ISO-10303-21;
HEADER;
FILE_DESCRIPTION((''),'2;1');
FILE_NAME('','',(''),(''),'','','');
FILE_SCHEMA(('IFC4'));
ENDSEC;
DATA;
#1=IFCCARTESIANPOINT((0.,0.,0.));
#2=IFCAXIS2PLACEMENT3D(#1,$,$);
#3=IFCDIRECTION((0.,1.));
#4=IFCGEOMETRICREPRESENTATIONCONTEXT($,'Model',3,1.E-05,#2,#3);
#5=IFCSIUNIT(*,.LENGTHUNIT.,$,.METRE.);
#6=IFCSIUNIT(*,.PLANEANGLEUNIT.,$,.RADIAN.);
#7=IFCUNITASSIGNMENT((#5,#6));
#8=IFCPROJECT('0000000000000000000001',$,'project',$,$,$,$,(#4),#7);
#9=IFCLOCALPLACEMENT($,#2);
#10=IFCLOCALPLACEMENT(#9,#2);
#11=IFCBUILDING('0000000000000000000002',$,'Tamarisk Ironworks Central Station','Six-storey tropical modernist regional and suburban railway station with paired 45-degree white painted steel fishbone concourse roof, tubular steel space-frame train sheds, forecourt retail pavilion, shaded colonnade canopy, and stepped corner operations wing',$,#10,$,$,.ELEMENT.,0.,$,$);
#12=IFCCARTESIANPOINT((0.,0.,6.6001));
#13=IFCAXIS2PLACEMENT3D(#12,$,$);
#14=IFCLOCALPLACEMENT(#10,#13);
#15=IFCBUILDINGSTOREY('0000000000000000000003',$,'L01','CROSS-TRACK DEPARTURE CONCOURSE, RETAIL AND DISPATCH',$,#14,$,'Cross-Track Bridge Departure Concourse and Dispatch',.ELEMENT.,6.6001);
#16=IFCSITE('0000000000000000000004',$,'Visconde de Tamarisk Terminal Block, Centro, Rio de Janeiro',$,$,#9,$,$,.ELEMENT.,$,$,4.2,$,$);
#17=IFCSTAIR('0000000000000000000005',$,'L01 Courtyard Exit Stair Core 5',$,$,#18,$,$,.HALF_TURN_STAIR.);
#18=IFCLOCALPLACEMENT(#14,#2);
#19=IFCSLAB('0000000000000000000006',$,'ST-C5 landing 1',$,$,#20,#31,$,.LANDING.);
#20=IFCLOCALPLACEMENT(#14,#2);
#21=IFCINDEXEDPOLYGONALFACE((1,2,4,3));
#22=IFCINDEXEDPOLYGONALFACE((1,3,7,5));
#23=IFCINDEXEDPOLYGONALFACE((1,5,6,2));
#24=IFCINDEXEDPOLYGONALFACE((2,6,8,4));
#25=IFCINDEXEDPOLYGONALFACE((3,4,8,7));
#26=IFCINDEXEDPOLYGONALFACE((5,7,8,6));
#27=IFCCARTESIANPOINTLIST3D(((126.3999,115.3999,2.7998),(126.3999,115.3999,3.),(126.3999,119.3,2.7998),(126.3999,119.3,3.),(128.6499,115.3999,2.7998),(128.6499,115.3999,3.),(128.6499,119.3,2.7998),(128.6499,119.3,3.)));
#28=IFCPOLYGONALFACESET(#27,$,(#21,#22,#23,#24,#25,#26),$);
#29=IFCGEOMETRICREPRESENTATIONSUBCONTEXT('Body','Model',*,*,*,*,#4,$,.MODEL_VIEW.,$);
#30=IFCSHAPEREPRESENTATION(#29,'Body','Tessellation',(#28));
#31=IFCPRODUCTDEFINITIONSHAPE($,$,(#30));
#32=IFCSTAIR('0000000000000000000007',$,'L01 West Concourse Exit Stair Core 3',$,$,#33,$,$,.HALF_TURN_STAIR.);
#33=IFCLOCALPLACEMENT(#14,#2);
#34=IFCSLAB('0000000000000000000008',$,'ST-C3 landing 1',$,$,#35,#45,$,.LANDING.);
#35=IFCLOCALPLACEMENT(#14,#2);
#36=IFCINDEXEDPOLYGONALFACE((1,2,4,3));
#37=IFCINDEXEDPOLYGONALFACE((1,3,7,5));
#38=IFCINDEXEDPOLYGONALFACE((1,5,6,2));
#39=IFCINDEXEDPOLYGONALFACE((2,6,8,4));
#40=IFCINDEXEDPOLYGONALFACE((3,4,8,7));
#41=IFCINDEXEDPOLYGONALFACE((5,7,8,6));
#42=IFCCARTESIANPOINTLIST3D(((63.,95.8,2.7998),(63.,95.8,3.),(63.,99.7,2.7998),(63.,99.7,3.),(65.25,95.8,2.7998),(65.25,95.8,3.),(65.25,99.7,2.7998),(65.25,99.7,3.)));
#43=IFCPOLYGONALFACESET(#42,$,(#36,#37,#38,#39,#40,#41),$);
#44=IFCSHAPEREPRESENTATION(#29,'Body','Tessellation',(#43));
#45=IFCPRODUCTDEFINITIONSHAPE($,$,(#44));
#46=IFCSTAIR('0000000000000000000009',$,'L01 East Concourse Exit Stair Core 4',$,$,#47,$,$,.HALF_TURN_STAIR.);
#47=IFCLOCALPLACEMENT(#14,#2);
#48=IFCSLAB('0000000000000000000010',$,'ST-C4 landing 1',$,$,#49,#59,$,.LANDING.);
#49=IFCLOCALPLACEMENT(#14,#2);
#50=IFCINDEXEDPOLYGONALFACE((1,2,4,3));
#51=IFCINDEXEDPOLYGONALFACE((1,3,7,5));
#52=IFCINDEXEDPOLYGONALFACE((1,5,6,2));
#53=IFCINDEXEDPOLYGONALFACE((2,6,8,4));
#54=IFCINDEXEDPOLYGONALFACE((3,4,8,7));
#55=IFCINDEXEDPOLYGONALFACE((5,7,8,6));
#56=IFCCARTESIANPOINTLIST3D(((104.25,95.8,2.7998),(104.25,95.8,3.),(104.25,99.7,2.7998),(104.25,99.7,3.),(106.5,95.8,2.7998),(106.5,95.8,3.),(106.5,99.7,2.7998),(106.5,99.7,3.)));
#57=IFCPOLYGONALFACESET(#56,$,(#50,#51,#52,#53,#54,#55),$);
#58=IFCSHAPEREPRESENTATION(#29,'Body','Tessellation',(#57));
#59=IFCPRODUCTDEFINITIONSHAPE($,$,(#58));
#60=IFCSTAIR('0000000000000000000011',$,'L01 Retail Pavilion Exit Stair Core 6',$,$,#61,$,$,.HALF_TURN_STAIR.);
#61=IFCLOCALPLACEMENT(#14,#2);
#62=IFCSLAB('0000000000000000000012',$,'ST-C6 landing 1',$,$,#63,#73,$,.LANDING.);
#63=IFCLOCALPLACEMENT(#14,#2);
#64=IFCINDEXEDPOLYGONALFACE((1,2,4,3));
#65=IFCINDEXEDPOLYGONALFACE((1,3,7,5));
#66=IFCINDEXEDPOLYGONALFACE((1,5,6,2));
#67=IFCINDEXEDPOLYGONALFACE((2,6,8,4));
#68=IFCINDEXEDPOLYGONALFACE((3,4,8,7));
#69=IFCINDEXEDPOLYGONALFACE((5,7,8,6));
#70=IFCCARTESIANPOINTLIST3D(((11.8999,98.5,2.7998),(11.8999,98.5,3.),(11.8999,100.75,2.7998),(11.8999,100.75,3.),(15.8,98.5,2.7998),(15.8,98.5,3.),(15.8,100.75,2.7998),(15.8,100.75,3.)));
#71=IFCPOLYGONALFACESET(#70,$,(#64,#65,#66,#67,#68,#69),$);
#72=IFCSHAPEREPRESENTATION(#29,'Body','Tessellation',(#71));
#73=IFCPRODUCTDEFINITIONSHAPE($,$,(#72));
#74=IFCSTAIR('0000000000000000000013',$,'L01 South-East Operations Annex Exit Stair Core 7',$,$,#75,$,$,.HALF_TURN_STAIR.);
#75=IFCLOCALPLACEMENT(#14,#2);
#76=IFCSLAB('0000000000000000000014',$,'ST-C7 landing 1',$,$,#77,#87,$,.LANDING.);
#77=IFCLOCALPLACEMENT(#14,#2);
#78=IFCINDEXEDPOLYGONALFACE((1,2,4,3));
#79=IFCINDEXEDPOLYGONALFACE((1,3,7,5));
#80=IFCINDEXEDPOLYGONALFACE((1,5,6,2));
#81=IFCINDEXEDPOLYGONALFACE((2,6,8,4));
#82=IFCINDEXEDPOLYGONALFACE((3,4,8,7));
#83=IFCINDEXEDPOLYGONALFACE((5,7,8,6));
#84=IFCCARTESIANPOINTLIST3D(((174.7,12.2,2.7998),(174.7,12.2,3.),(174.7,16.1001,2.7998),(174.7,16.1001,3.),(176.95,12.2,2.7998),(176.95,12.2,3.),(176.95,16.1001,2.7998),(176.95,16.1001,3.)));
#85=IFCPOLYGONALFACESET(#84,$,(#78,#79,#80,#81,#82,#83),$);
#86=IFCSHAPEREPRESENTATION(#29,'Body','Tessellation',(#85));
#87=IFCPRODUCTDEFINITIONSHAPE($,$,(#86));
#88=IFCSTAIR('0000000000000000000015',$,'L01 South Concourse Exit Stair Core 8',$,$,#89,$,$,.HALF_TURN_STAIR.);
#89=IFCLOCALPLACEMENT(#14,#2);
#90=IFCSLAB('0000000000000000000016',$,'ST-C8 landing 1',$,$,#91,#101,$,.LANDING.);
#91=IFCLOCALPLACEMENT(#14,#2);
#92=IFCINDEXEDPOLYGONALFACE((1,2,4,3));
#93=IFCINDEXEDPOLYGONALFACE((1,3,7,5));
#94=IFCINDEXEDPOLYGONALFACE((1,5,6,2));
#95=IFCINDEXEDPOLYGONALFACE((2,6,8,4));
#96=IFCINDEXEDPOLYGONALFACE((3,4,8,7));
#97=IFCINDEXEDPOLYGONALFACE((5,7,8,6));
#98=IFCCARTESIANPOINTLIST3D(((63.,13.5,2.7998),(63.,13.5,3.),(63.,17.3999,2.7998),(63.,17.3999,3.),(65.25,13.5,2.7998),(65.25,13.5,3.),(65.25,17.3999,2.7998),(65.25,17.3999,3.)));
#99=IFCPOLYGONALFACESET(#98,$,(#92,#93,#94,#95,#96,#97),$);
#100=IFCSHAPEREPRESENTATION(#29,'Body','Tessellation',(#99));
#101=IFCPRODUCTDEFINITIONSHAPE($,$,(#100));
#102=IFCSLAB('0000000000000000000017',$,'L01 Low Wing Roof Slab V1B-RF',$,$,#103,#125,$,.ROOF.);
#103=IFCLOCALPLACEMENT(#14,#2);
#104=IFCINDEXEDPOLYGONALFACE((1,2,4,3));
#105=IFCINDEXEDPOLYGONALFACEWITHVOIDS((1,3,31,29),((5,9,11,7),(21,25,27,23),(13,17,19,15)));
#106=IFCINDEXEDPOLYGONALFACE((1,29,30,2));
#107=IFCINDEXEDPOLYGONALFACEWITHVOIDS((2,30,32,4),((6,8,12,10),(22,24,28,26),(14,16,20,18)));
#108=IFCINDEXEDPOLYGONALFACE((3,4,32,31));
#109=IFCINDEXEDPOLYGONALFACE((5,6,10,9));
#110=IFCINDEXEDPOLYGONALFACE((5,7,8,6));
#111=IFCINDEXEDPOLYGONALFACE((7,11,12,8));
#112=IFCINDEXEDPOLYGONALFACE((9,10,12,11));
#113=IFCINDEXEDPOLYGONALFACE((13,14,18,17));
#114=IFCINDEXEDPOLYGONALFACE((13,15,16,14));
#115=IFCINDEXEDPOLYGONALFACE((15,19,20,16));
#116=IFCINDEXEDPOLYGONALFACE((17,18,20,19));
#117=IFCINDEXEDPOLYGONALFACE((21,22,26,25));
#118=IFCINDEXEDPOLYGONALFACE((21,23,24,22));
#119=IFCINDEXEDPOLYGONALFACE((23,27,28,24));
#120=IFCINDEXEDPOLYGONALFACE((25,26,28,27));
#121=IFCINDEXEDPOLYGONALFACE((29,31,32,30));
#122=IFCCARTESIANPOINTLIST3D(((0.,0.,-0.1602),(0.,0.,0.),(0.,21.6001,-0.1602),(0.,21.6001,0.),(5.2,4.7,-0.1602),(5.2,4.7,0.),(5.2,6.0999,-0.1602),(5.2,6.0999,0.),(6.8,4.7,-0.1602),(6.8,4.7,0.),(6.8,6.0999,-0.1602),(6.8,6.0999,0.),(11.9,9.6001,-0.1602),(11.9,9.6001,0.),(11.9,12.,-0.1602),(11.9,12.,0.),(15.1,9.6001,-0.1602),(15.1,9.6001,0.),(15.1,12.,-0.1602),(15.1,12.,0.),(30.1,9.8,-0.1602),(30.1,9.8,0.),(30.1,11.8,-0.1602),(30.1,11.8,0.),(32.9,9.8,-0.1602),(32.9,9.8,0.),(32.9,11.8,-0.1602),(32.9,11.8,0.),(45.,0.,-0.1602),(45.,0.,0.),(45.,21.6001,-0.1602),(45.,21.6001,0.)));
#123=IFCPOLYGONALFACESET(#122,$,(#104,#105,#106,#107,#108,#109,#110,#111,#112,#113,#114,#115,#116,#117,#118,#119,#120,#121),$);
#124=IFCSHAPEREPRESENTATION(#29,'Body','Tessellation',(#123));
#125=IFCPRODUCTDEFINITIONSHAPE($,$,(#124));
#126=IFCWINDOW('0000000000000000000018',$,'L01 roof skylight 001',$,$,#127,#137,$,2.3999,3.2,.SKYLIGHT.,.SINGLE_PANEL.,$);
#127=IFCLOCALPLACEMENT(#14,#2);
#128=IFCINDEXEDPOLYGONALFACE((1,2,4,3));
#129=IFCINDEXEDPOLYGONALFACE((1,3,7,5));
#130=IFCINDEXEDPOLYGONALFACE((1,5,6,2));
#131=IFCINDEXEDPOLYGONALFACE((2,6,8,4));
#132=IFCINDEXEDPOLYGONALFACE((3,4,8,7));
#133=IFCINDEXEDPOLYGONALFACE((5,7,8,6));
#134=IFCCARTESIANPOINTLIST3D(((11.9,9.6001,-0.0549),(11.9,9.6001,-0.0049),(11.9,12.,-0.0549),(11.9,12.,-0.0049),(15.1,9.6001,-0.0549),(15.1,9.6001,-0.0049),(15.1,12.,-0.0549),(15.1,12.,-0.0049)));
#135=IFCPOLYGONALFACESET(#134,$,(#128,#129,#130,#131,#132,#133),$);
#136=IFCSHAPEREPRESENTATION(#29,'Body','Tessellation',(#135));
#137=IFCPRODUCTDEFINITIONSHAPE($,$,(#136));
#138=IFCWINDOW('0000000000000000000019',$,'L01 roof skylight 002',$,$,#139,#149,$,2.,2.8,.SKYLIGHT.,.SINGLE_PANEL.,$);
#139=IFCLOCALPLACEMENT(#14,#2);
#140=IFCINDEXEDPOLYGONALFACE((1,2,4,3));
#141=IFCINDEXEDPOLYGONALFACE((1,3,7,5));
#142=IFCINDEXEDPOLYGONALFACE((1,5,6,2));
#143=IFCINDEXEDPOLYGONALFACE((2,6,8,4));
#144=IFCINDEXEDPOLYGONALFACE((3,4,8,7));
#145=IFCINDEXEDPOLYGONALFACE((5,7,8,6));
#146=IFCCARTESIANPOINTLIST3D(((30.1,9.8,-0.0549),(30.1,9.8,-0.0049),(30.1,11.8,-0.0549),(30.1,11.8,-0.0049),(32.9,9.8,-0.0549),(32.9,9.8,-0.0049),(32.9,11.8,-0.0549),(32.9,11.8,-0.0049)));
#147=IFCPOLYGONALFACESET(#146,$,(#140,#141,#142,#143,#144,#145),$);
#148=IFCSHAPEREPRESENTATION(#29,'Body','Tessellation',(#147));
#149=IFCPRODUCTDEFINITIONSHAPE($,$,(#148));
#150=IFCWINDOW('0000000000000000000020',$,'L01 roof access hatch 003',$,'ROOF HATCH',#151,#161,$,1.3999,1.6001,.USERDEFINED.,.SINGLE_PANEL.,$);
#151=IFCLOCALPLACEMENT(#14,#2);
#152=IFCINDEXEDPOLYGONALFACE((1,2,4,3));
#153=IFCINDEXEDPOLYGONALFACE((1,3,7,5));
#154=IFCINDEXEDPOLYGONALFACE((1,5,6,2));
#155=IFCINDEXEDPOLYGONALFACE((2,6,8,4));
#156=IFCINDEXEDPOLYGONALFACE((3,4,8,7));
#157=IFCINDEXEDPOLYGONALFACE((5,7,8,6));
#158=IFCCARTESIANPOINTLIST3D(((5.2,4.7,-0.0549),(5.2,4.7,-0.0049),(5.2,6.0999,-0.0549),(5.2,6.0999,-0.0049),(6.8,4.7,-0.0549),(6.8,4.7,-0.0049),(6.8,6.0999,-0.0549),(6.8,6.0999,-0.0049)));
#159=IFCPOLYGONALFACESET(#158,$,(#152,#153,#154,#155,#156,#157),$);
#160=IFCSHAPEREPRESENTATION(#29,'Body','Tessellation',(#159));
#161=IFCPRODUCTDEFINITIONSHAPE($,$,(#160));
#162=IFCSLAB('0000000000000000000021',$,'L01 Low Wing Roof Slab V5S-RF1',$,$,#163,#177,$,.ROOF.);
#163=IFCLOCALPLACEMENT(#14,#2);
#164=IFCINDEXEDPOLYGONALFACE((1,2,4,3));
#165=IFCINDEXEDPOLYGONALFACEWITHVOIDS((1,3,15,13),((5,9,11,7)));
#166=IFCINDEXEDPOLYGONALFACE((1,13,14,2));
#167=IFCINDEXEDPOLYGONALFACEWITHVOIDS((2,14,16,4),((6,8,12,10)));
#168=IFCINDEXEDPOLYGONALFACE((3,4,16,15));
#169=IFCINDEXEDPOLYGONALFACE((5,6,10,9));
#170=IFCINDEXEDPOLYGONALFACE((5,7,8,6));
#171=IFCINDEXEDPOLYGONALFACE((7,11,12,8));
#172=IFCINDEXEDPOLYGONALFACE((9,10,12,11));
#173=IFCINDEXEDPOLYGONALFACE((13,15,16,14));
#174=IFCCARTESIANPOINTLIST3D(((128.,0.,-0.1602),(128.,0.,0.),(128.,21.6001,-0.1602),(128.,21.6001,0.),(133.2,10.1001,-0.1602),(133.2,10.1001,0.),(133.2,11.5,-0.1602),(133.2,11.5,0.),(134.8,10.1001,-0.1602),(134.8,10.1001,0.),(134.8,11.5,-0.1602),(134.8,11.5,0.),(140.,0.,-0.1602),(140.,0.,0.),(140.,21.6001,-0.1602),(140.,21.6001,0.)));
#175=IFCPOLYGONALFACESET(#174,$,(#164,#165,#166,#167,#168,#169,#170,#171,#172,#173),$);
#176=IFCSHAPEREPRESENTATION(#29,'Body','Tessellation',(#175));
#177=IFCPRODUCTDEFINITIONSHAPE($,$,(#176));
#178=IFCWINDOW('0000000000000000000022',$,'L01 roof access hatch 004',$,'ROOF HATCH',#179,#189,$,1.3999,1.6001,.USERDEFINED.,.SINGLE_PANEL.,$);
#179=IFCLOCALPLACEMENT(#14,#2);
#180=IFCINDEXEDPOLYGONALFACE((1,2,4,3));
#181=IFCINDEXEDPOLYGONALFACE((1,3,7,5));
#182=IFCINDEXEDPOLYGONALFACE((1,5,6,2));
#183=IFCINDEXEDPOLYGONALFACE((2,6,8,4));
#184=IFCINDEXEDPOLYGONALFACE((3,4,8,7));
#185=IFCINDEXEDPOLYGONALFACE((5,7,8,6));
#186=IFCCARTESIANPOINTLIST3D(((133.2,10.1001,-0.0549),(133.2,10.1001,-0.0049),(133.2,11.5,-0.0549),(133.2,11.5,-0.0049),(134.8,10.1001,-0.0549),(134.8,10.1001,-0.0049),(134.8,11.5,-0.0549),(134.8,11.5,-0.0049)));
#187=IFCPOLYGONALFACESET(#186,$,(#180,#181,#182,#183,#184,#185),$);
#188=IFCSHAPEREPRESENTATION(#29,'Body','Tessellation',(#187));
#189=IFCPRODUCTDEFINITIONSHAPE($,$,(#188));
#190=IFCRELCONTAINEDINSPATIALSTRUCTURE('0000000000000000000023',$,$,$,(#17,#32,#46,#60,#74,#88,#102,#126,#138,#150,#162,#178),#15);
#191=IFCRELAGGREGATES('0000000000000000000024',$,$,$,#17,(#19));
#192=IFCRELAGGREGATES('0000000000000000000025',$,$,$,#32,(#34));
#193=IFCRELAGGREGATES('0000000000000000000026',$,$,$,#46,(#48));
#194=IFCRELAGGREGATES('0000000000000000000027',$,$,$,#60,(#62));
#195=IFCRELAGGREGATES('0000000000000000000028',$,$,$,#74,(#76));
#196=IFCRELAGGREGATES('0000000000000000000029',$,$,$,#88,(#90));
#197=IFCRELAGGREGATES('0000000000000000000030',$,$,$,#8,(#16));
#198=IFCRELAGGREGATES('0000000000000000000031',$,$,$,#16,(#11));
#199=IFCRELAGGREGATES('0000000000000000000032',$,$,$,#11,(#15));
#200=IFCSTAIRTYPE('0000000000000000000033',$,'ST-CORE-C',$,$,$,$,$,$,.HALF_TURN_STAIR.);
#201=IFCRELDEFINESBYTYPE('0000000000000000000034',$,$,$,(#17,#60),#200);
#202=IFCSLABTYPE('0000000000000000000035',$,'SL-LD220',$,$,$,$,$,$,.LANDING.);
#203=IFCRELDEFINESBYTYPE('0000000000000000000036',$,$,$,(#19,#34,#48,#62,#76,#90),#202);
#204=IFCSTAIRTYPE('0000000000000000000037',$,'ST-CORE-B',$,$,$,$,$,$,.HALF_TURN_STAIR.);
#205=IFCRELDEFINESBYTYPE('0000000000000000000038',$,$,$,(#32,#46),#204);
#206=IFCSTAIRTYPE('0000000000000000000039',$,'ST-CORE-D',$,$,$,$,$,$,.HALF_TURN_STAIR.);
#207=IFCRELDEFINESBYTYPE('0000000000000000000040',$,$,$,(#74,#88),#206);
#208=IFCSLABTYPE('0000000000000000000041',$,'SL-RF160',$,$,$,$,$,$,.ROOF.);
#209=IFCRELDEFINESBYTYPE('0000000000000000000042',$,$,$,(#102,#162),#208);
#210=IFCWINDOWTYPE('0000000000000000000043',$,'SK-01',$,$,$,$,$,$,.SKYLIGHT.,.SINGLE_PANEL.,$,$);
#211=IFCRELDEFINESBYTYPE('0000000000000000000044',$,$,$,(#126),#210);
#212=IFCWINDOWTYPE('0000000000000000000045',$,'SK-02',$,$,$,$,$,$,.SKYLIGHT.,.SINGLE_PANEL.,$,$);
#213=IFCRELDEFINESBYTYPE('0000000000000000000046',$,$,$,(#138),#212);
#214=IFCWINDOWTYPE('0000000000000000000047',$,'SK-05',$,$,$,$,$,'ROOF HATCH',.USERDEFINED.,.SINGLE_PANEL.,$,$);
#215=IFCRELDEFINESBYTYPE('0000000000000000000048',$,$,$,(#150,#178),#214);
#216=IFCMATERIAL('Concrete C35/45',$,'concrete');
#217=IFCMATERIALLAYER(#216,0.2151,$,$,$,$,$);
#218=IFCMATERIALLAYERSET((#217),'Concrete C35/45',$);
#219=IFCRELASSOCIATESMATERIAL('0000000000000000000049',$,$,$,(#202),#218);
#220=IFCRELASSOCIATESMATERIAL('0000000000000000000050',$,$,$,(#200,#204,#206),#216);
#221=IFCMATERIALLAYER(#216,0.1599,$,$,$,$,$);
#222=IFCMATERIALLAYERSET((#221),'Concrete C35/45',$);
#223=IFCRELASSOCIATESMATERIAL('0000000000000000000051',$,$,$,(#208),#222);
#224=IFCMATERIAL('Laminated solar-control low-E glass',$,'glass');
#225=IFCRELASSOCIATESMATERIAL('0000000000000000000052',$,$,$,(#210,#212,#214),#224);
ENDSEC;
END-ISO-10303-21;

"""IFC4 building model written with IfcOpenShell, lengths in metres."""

from ifc_helpers import new_model, si_unit, direction, frame, origin, origin_2d, place, context, subcontext, project, spatial, polyline, rectangle, outline, extrude, material, layer, layer_set, type_object, element, fill, aggregate, save


model = new_model("IFC4")

# Units and contexts
model_context = context("Model", 3, precision=1e-05, world=origin(), true_north=direction((0.0, 1.0)))
body_context = subcontext(model_context, "Body", "Model", "MODEL_VIEW")
ifc_project = project(units=[si_unit("LENGTHUNIT", "METRE"), si_unit("PLANEANGLEUNIT", "RADIAN")], contexts=[model_context])

# Site, building, storey
site_placement = place(None, origin())
site = spatial("IfcSite", under=ifc_project, at=site_placement, Name="Visconde de Tamarisk Terminal Block, Centro, Rio de Janeiro", CompositionType="ELEMENT", RefElevation=4.2)
building_placement = place(site_placement, origin())
building = spatial("IfcBuilding", under=site, at=building_placement, Name="Tamarisk Ironworks Central Station", Description="Six-storey tropical modernist regional and suburban railway station with paired 45-degree white painted steel fishbone concourse roof, tubular steel space-frame train sheds, forecourt retail pavilion, shaded colonnade canopy, and stepped corner operations wing", CompositionType="ELEMENT", ElevationOfRefHeight=0.0)
storey_placement = place(building_placement, frame((0.0, 0.0, 6.6001)))
storey = spatial("IfcBuildingStorey", under=building, at=storey_placement, Name="L01", Description="CROSS-TRACK DEPARTURE CONCOURSE, RETAIL AND DISPATCH", LongName="Cross-Track Bridge Departure Concourse and Dispatch", CompositionType="ELEMENT", Elevation=6.6001)

# Shared definitions
ifc_material_1 = material(Name="Concrete C35/45", Category="concrete")

# Stairs, slabs
ifc_layer_1 = layer(ifc_material_1, 0.2151)
ifc_layer_set_1 = layer_set([ifc_layer_1], Name="Concrete C35/45")
slab_type_1 = type_object("IfcSlabType", Name="SL-LD220", PredefinedType="LANDING", material=ifc_layer_set_1)
stair_type_1 = type_object("IfcStairType", Name="ST-CORE-C", PredefinedType="HALF_TURN_STAIR", material=ifc_material_1)
stair_1_placement = place(storey_placement, origin())
stair_1 = element("IfcStair", 1, at=stair_1_placement, inside=storey, type_object=stair_type_1, Name="L01 Courtyard Exit Stair Core 5", PredefinedType="HALF_TURN_STAIR")
slab_1_placement = place(storey_placement, frame((0.0, 0.0, 2.7998)))
slab_1 = element("IfcSlab", 2, at=slab_1_placement, type_object=slab_type_1, Name="ST-C5 landing 1", PredefinedType="LANDING", context=body_context, shape_type="SweptSolid", body=[
    extrude(outline(polyline([(126.3999, 115.3999), (128.6499, 115.3999), (128.6499, 119.3), (126.3999, 119.3), (126.3999, 115.3999)])), origin(), (0.0, 0.0, 1.0), 0.2002),
])
aggregate(stair_1, [slab_1])
stair_type_2 = type_object("IfcStairType", Name="ST-CORE-B", PredefinedType="HALF_TURN_STAIR", material=ifc_material_1)
stair_2_placement = place(storey_placement, origin())
stair_2 = element("IfcStair", 3, at=stair_2_placement, inside=storey, type_object=stair_type_2, Name="L01 West Concourse Exit Stair Core 3", PredefinedType="HALF_TURN_STAIR")
slab_2_placement = place(storey_placement, frame((0.0, 0.0, 2.7998)))
slab_2 = element("IfcSlab", 4, at=slab_2_placement, type_object=slab_type_1, Name="ST-C3 landing 1", PredefinedType="LANDING", context=body_context, shape_type="SweptSolid", body=[
    extrude(outline(polyline([(63.0, 95.8), (65.25, 95.8), (65.25, 99.7), (63.0, 99.7), (63.0, 95.8)])), origin(), (0.0, 0.0, 1.0), 0.2002),
])
aggregate(stair_2, [slab_2])
stair_3_placement = place(storey_placement, origin())
stair_3 = element("IfcStair", 5, at=stair_3_placement, inside=storey, type_object=stair_type_2, Name="L01 East Concourse Exit Stair Core 4", PredefinedType="HALF_TURN_STAIR")
slab_3_placement = place(storey_placement, frame((0.0, 0.0, 2.7998)))
slab_3 = element("IfcSlab", 6, at=slab_3_placement, type_object=slab_type_1, Name="ST-C4 landing 1", PredefinedType="LANDING", context=body_context, shape_type="SweptSolid", body=[
    extrude(outline(polyline([(104.25, 95.8), (106.5, 95.8), (106.5, 99.7), (104.25, 99.7), (104.25, 95.8)])), origin(), (0.0, 0.0, 1.0), 0.2002),
])
aggregate(stair_3, [slab_3])
stair_4_placement = place(storey_placement, origin())
stair_4 = element("IfcStair", 7, at=stair_4_placement, inside=storey, type_object=stair_type_1, Name="L01 Retail Pavilion Exit Stair Core 6", PredefinedType="HALF_TURN_STAIR")
slab_4_placement = place(storey_placement, frame((0.0, 0.0, 2.7998)))
slab_4 = element("IfcSlab", 8, at=slab_4_placement, type_object=slab_type_1, Name="ST-C6 landing 1", PredefinedType="LANDING", context=body_context, shape_type="SweptSolid", body=[
    extrude(outline(polyline([(15.8, 98.5), (15.8, 100.75), (11.8999, 100.75), (11.8999, 98.5), (15.8, 98.5)])), origin(), (0.0, 0.0, 1.0), 0.2002),
])
aggregate(stair_4, [slab_4])
stair_type_3 = type_object("IfcStairType", Name="ST-CORE-D", PredefinedType="HALF_TURN_STAIR", material=ifc_material_1)
stair_5_placement = place(storey_placement, origin())
stair_5 = element("IfcStair", 9, at=stair_5_placement, inside=storey, type_object=stair_type_3, Name="L01 South-East Operations Annex Exit Stair Core 7", PredefinedType="HALF_TURN_STAIR")
slab_5_placement = place(storey_placement, frame((0.0, 0.0, 2.7998)))
slab_5 = element("IfcSlab", 10, at=slab_5_placement, type_object=slab_type_1, Name="ST-C7 landing 1", PredefinedType="LANDING", context=body_context, shape_type="SweptSolid", body=[
    extrude(outline(polyline([(174.7, 12.2), (176.95, 12.2), (176.95, 16.1001), (174.7, 16.1001), (174.7, 12.2)])), origin(), (0.0, 0.0, 1.0), 0.2002),
])
aggregate(stair_5, [slab_5])
stair_6_placement = place(storey_placement, origin())
stair_6 = element("IfcStair", 11, at=stair_6_placement, inside=storey, type_object=stair_type_3, Name="L01 South Concourse Exit Stair Core 8", PredefinedType="HALF_TURN_STAIR")
slab_6_placement = place(storey_placement, frame((0.0, 0.0, 2.7998)))
slab_6 = element("IfcSlab", 12, at=slab_6_placement, type_object=slab_type_1, Name="ST-C8 landing 1", PredefinedType="LANDING", context=body_context, shape_type="SweptSolid", body=[
    extrude(outline(polyline([(63.0, 13.5), (65.25, 13.5), (65.25, 17.3999), (63.0, 17.3999), (63.0, 13.5)])), origin(), (0.0, 0.0, 1.0), 0.2002),
])
aggregate(stair_6, [slab_6])

# Slab, openings, windows
ifc_layer_2 = layer(ifc_material_1, 0.1599)
ifc_layer_set_2 = layer_set([ifc_layer_2], Name="Concrete C35/45")
slab_type_2 = type_object("IfcSlabType", Name="SL-RF160", PredefinedType="ROOF", material=ifc_layer_set_2)
slab_7_placement = place(storey_placement, frame((0.0, 0.0, -0.1602)))
slab_7 = element("IfcSlab", 13, at=slab_7_placement, inside=storey, type_object=slab_type_2, Name="L01 Low Wing Roof Slab V1B-RF", PredefinedType="ROOF", context=body_context, shape_type="SweptSolid", body=[
    extrude(outline(polyline([(0.0, 0.0), (45.0, 0.0), (45.0, 21.6001), (0.0, 21.6001), (0.0, 0.0)])), origin(), (0.0, 0.0, 1.0), 0.1602),
])
opening_1_placement = place(slab_7_placement, frame((13.5, 10.8, 0.0)))
opening_1 = element("IfcOpeningElement", 14, at=opening_1_placement, cuts=slab_7, PredefinedType="OPENING", context=body_context, shape_type="SweptSolid", body=[
    extrude(rectangle(XDim=3.2, YDim=2.3999, at=origin_2d()), frame((0.0, 0.0, -0.012)), (0.0, 0.0, 1.0), 0.1841),
])
opening_2_placement = place(slab_7_placement, frame((31.5, 10.8, 0.0)))
opening_2 = element("IfcOpeningElement", 15, at=opening_2_placement, cuts=slab_7, PredefinedType="OPENING", context=body_context, shape_type="SweptSolid", body=[
    extrude(rectangle(XDim=2.8, YDim=2.0, at=origin_2d()), frame((0.0, 0.0, -0.012)), (0.0, 0.0, 1.0), 0.1841),
])
opening_3_placement = place(slab_7_placement, frame((6.0, 5.3999, 0.0)))
opening_3 = element("IfcOpeningElement", 16, at=opening_3_placement, cuts=slab_7, PredefinedType="OPENING", context=body_context, shape_type="SweptSolid", body=[
    extrude(rectangle(XDim=1.6001, YDim=1.3999, at=origin_2d()), frame((0.0, 0.0, -0.012)), (0.0, 0.0, 1.0), 0.1841),
])
ifc_material_2 = material(Name="Laminated solar-control low-E glass", Category="glass")
window_type_1 = type_object("IfcWindowType", Name="SK-01", PartitioningType="SINGLE_PANEL", PredefinedType="SKYLIGHT", material=ifc_material_2)
window_1_placement = place(opening_1_placement, frame((0.0, 0.0, 0.1052)))
window_1 = element("IfcWindow", 17, at=window_1_placement, inside=storey, type_object=window_type_1, Name="L01 roof skylight 001", OverallHeight=2.3999, OverallWidth=3.2, PartitioningType="SINGLE_PANEL", PredefinedType="SKYLIGHT", context=body_context, shape_type="SweptSolid", body=[
    extrude(rectangle(XDim=3.2, YDim=2.3999, at=origin_2d()), origin(), (0.0, 0.0, 1.0), 0.05),
])
fill(opening_1, window_1)
window_type_2 = type_object("IfcWindowType", Name="SK-02", PartitioningType="SINGLE_PANEL", PredefinedType="SKYLIGHT", material=ifc_material_2)
window_2_placement = place(opening_2_placement, frame((0.0, 0.0, 0.1052)))
window_2 = element("IfcWindow", 18, at=window_2_placement, inside=storey, type_object=window_type_2, Name="L01 roof skylight 002", OverallHeight=2.0, OverallWidth=2.8, PartitioningType="SINGLE_PANEL", PredefinedType="SKYLIGHT", context=body_context, shape_type="SweptSolid", body=[
    extrude(rectangle(XDim=2.8, YDim=2.0, at=origin_2d()), origin(), (0.0, 0.0, 1.0), 0.05),
])
fill(opening_2, window_2)
window_type_3 = type_object("IfcWindowType", Name="SK-05", ElementType="ROOF HATCH", PartitioningType="SINGLE_PANEL", PredefinedType="USERDEFINED", material=ifc_material_2)
window_3_placement = place(opening_3_placement, frame((0.0, 0.0, 0.1052)))
window_3 = element("IfcWindow", 19, at=window_3_placement, inside=storey, type_object=window_type_3, Name="L01 roof access hatch 003", ObjectType="ROOF HATCH", OverallHeight=1.3999, OverallWidth=1.6001, PartitioningType="SINGLE_PANEL", PredefinedType="USERDEFINED", context=body_context, shape_type="SweptSolid", body=[
    extrude(rectangle(XDim=1.6001, YDim=1.3999, at=origin_2d()), origin(), (0.0, 0.0, 1.0), 0.05),
])
fill(opening_3, window_3)

# Slab, opening, window
slab_8_placement = place(storey_placement, frame((0.0, 0.0, -0.1602)))
slab_8 = element("IfcSlab", 20, at=slab_8_placement, inside=storey, type_object=slab_type_2, Name="L01 Low Wing Roof Slab V5S-RF1", PredefinedType="ROOF", context=body_context, shape_type="SweptSolid", body=[
    extrude(outline(polyline([(128.0, 0.0), (140.0, 0.0), (140.0, 21.6001), (128.0, 21.6001), (128.0, 0.0)])), origin(), (0.0, 0.0, 1.0), 0.1602),
])
opening_4_placement = place(slab_8_placement, frame((134.0, 10.8, 0.0)))
opening_4 = element("IfcOpeningElement", 21, at=opening_4_placement, cuts=slab_8, PredefinedType="OPENING", context=body_context, shape_type="SweptSolid", body=[
    extrude(rectangle(XDim=1.6001, YDim=1.3999, at=origin_2d()), frame((0.0, 0.0, -0.012)), (0.0, 0.0, 1.0), 0.1841),
])
window_4_placement = place(opening_4_placement, frame((0.0, 0.0, 0.1052)))
window_4 = element("IfcWindow", 22, at=window_4_placement, inside=storey, type_object=window_type_3, Name="L01 roof access hatch 004", ObjectType="ROOF HATCH", OverallHeight=1.3999, OverallWidth=1.6001, PartitioningType="SINGLE_PANEL", PredefinedType="USERDEFINED", context=body_context, shape_type="SweptSolid", body=[
    extrude(rectangle(XDim=1.6001, YDim=1.3999, at=origin_2d()), origin(), (0.0, 0.0, 1.0), 0.05),
])
fill(opening_4, window_4)

save(model, "model.ifc")
